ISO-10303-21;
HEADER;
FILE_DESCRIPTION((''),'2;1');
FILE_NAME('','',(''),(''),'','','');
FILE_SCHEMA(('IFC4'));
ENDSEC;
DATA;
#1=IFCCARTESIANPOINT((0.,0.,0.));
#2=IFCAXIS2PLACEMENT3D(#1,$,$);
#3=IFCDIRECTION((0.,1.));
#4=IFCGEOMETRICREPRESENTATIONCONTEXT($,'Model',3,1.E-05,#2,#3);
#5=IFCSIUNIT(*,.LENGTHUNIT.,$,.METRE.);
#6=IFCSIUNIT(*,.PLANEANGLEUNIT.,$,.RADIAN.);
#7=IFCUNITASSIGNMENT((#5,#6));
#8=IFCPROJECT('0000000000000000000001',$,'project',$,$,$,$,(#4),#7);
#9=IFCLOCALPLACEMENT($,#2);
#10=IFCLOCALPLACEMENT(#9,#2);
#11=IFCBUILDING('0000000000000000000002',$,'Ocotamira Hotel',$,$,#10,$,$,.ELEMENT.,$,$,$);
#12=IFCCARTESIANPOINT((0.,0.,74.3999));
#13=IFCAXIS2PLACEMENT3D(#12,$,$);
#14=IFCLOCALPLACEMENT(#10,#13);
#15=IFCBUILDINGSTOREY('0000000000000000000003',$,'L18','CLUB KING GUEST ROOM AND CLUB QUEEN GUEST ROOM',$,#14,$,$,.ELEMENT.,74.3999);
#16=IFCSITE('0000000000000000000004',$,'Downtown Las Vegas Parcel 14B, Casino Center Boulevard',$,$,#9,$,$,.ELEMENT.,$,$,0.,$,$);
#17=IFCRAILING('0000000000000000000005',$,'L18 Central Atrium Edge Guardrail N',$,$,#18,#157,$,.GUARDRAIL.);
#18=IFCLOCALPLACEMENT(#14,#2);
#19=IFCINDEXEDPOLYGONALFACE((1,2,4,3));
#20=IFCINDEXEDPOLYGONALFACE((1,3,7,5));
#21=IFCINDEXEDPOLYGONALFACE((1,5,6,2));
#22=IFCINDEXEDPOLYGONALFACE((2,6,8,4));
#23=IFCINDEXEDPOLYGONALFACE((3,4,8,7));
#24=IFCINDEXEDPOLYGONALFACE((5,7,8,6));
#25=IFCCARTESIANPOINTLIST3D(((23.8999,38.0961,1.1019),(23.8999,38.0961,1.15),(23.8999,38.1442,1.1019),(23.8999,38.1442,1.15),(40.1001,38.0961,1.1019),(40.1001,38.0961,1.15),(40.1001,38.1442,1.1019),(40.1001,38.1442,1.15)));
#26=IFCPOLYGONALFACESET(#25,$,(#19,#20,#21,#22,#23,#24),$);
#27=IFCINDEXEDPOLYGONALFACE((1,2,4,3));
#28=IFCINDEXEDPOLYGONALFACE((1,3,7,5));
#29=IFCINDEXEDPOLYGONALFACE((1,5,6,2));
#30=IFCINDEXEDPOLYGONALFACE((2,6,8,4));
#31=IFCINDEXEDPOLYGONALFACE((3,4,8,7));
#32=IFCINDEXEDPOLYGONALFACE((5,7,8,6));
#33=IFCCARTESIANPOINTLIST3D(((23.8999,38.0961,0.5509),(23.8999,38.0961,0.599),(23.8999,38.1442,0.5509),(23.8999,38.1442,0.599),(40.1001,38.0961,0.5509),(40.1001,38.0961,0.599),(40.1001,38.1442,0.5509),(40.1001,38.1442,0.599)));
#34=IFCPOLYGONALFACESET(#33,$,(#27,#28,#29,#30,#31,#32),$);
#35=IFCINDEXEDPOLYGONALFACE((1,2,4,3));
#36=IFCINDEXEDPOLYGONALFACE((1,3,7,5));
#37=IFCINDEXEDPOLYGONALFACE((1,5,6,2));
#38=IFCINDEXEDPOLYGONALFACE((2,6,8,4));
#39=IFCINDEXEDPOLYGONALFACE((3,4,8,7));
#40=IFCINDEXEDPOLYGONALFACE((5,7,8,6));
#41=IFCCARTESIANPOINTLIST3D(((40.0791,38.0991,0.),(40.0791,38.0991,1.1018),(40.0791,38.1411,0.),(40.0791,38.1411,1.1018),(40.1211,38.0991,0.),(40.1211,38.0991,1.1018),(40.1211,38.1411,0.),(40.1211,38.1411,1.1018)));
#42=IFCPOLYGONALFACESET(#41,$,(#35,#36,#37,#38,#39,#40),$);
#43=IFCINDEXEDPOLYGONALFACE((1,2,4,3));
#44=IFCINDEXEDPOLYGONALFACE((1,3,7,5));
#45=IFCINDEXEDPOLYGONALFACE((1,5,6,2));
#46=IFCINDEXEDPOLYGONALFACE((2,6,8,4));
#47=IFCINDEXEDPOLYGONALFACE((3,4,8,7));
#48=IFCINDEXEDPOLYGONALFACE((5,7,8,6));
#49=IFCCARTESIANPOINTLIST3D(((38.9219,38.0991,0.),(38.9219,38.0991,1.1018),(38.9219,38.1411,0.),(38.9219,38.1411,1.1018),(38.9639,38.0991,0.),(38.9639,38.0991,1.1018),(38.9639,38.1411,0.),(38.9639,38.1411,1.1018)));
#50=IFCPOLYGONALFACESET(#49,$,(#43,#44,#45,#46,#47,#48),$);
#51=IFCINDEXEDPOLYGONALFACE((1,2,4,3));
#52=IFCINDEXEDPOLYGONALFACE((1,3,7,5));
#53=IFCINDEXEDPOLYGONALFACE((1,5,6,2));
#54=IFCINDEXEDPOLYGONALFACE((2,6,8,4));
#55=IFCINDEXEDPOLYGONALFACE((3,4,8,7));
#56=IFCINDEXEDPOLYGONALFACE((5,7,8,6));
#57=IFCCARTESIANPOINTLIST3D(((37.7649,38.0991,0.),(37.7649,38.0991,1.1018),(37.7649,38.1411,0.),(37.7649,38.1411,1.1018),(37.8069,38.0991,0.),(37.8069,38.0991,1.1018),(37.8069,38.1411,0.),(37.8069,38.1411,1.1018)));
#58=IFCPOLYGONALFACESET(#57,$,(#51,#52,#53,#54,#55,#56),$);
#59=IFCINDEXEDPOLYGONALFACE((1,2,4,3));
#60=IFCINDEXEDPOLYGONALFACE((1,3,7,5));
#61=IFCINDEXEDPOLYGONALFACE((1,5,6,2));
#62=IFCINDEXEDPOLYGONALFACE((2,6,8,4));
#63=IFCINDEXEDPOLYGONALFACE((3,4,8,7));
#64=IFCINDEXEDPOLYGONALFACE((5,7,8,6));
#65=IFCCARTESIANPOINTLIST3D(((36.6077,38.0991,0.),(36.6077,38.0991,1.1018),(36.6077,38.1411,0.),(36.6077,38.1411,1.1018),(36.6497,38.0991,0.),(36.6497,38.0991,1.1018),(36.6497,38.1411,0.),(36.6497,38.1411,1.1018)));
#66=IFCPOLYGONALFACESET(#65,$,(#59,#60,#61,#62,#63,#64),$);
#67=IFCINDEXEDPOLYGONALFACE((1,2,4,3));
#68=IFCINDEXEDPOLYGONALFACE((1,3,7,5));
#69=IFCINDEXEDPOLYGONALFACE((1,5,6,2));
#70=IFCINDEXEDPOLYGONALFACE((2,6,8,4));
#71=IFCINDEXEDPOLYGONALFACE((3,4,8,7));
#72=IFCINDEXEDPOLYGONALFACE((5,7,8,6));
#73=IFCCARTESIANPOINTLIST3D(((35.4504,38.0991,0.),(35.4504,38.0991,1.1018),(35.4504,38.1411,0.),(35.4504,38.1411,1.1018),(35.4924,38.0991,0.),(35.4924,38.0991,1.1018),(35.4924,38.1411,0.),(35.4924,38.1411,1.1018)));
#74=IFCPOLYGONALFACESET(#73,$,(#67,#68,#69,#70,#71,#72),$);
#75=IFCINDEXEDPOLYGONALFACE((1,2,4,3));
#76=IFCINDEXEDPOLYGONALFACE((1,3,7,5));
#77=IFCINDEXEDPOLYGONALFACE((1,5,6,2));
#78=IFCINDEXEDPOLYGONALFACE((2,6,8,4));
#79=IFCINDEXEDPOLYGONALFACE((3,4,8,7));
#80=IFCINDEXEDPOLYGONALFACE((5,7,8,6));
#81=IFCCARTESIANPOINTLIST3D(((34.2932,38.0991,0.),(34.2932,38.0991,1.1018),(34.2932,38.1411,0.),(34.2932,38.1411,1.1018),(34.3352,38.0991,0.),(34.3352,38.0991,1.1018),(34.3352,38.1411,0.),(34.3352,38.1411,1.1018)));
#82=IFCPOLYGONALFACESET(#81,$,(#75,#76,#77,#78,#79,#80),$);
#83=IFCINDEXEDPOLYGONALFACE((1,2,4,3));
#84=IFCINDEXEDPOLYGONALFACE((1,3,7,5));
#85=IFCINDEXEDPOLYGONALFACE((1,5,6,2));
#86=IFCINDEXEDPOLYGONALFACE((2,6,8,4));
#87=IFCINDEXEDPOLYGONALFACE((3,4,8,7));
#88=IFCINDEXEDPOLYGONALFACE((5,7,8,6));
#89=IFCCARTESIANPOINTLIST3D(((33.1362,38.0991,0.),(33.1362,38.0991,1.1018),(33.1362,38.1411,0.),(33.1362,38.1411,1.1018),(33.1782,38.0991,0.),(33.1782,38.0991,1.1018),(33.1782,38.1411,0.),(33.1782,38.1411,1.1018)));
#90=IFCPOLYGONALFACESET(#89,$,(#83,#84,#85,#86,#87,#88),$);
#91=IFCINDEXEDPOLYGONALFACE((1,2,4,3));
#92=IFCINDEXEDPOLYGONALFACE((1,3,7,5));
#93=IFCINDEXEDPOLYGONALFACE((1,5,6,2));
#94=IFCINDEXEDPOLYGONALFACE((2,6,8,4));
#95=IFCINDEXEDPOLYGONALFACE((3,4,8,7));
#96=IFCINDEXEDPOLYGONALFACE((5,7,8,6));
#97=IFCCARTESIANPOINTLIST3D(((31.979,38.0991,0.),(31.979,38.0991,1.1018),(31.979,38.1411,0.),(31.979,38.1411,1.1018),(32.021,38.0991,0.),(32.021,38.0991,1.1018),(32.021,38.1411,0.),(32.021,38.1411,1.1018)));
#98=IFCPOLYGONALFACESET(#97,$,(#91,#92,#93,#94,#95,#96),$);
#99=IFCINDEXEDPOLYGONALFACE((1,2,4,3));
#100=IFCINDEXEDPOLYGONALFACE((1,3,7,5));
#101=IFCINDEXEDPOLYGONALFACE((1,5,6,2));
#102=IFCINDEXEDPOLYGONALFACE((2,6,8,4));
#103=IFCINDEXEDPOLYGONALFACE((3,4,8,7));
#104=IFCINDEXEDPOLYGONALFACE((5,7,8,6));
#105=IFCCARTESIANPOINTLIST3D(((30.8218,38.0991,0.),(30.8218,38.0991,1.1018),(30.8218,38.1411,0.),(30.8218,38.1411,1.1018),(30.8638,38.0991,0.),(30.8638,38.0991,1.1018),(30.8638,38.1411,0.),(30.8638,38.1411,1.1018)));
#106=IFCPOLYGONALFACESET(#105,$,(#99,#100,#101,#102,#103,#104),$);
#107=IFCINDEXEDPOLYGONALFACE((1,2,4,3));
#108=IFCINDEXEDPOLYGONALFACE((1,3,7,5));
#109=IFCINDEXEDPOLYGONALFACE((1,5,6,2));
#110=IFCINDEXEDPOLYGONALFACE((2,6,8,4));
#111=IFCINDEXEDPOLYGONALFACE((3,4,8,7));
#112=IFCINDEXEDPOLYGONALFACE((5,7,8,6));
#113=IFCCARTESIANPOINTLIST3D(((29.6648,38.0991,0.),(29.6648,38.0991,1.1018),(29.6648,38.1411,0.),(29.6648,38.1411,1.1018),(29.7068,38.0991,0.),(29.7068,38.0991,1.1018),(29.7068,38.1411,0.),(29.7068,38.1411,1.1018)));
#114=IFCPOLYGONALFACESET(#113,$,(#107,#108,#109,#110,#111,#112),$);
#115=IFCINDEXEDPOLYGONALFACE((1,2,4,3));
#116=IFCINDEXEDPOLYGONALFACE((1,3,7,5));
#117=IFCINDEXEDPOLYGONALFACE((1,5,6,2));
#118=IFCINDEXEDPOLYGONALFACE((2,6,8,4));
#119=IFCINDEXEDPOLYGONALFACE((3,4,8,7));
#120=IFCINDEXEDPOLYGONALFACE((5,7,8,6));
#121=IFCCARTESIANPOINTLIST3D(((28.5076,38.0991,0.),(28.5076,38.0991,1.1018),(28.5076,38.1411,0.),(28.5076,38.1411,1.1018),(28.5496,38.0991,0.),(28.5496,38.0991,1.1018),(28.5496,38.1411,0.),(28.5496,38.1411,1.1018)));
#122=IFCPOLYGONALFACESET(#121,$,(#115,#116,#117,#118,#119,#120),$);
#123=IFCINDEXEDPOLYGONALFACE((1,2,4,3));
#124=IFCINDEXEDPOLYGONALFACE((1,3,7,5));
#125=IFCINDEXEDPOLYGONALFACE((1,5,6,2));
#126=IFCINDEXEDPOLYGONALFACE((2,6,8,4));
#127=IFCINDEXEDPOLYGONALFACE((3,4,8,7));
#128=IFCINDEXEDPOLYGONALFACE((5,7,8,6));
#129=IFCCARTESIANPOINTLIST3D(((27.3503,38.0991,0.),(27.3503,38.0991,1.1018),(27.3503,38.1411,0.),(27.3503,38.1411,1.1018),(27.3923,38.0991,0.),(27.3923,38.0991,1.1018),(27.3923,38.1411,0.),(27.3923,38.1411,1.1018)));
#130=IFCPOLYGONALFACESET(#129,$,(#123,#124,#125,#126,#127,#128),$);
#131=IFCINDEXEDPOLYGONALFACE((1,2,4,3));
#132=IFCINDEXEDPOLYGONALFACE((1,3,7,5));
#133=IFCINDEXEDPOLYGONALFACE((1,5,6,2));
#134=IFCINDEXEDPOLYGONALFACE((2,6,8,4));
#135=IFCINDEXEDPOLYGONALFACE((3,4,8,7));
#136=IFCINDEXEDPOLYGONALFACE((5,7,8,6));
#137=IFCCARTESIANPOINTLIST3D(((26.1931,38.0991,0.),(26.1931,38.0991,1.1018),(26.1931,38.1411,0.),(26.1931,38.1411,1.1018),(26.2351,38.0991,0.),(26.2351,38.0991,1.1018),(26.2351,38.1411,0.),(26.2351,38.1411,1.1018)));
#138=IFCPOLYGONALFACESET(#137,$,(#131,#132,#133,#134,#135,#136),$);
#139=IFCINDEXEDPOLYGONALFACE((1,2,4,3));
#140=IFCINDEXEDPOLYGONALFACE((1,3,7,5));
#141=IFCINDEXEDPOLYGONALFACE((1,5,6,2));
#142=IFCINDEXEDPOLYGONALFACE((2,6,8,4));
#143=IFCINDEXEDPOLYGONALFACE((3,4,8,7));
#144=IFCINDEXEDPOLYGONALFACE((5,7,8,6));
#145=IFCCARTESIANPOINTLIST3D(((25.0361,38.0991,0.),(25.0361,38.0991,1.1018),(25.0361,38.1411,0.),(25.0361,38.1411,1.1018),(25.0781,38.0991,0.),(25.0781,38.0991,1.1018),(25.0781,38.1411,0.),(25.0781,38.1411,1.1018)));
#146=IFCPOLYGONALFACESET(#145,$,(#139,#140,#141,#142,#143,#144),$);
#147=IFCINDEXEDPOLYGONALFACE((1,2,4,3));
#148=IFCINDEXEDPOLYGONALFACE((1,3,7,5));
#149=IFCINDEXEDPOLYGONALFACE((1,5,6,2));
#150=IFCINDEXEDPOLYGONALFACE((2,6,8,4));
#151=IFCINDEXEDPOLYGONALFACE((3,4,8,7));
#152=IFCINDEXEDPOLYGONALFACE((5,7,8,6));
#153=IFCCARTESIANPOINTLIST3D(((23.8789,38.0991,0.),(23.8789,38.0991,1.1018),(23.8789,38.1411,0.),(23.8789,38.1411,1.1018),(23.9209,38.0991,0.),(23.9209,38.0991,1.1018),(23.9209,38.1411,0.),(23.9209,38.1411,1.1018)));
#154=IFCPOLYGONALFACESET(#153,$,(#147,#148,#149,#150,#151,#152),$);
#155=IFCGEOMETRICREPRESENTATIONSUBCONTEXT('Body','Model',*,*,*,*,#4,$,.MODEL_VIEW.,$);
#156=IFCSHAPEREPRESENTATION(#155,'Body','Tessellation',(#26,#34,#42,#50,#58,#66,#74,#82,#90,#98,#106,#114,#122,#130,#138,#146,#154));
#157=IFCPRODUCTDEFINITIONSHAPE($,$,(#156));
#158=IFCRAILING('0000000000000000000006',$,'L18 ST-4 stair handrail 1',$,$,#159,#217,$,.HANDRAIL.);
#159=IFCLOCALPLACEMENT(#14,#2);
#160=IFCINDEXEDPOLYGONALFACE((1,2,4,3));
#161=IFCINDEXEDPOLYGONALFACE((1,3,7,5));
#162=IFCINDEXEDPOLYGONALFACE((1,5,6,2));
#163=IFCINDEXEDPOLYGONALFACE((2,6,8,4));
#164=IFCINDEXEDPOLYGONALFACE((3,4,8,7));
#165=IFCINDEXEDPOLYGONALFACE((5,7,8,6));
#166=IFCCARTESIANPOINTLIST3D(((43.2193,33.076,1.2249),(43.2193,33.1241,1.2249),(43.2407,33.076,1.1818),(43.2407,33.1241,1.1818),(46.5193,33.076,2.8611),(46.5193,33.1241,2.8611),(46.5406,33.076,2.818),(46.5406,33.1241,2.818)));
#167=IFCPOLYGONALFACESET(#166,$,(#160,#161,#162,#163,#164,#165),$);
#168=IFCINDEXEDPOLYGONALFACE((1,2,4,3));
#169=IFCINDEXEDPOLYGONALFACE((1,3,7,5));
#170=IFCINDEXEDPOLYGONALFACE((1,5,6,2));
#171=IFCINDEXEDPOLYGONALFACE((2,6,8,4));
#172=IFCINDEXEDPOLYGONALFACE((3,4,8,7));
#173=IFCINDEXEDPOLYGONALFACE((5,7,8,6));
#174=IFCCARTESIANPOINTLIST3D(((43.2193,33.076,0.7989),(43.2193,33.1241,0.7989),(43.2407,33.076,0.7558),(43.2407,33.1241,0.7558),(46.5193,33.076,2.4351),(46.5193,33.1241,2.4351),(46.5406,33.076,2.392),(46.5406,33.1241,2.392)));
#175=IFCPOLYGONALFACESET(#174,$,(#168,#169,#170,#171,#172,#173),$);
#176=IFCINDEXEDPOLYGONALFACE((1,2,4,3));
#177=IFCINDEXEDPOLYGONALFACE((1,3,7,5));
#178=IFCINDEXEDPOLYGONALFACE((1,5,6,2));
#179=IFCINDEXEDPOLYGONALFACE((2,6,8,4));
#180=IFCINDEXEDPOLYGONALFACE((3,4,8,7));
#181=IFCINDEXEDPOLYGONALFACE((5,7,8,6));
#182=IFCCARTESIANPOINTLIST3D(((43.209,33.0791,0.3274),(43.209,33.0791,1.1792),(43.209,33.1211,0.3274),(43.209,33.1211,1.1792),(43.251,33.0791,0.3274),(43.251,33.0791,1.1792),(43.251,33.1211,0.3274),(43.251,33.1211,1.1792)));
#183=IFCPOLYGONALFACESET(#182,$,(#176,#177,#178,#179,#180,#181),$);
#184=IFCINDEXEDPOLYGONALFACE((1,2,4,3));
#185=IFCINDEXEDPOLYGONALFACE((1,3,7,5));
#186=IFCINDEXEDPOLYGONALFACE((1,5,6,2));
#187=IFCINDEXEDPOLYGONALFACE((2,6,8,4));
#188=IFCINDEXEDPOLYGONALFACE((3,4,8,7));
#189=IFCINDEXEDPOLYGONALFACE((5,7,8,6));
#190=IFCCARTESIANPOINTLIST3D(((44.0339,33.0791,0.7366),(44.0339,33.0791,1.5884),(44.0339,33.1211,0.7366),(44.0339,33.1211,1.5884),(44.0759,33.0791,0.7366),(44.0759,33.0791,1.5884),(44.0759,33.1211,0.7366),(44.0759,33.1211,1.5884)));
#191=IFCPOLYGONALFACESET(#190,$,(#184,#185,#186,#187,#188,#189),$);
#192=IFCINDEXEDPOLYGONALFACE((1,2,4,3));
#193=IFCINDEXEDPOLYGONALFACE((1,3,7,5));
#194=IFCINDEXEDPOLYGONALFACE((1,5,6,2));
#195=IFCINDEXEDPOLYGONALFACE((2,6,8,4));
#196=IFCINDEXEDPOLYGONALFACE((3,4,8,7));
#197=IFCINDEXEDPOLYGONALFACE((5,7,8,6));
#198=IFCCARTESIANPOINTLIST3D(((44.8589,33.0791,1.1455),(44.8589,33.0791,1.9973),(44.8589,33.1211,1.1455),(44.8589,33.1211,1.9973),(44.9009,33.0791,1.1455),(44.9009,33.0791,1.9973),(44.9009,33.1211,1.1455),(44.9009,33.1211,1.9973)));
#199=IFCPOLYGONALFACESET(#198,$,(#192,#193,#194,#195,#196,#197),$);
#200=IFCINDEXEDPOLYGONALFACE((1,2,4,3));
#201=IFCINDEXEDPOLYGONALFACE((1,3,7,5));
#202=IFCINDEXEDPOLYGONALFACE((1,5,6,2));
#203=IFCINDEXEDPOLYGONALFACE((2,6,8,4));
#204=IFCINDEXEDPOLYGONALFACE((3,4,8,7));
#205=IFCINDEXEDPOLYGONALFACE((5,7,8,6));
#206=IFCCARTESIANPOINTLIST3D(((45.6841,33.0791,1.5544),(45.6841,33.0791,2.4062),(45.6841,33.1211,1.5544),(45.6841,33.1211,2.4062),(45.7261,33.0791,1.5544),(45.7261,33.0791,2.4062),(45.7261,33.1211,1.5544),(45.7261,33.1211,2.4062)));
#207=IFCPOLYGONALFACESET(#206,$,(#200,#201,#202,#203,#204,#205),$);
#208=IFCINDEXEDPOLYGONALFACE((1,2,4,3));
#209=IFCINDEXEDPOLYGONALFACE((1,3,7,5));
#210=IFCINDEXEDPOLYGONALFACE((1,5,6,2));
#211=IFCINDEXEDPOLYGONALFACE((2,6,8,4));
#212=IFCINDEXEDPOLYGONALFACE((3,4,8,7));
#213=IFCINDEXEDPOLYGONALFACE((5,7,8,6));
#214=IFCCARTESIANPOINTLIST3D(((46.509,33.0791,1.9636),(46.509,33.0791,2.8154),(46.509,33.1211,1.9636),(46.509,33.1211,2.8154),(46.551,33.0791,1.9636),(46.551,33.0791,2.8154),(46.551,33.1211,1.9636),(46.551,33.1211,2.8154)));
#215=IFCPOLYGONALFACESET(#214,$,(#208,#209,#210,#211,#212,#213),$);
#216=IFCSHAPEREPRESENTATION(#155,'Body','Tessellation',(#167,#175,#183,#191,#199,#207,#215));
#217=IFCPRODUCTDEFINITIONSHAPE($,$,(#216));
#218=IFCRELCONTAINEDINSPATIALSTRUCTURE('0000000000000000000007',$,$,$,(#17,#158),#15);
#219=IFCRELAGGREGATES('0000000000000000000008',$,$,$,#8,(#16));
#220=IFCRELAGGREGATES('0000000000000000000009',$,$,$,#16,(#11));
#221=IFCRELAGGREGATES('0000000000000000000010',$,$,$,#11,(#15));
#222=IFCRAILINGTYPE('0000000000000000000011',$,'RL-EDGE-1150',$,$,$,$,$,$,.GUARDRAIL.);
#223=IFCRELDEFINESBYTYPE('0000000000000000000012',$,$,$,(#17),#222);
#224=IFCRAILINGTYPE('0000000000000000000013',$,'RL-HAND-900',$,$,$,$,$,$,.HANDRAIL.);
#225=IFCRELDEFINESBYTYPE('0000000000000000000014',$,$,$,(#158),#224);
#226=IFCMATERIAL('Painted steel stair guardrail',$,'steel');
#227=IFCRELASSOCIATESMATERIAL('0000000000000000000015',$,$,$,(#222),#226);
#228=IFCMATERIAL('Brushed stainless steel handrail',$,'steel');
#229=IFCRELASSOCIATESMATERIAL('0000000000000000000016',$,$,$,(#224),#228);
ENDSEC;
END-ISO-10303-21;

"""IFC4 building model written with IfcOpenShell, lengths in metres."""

from ifc_helpers import new_model, si_unit, direction, frame, origin, origin_2d, place, context, subcontext, project, spatial, rectangle, extrude, material, type_object, element, save


model = new_model("IFC4")

# Units and contexts
model_context = context("Model", 3, precision=1e-05, world=origin(), true_north=direction((0.0, 1.0)))
body_context = subcontext(model_context, "Body", "Model", "MODEL_VIEW")
ifc_project = project(units=[si_unit("LENGTHUNIT", "METRE"), si_unit("PLANEANGLEUNIT", "RADIAN")], contexts=[model_context])

# Site, building, storey
site_placement = place(None, origin())
site = spatial("IfcSite", under=ifc_project, at=site_placement, Name="Downtown Las Vegas Parcel 14B, Casino Center Boulevard", CompositionType="ELEMENT", RefElevation=0.0)
building_placement = place(site_placement, origin())
building = spatial("IfcBuilding", under=site, at=building_placement, Name="Ocotamira Hotel", CompositionType="ELEMENT")
storey_placement = place(building_placement, frame((0.0, 0.0, 74.3999)))
storey = spatial("IfcBuildingStorey", under=building, at=storey_placement, Name="L18", Description="CLUB KING GUEST ROOM AND CLUB QUEEN GUEST ROOM", CompositionType="ELEMENT", Elevation=74.3999)

# Railings
ifc_material_1 = material(Name="Painted steel stair guardrail", Category="steel")
railing_type_1 = type_object("IfcRailingType", Name="RL-EDGE-1150", PredefinedType="GUARDRAIL", material=ifc_material_1)
railing_1_placement = place(storey_placement, frame((40.1001, 38.1201, 0.0)))
element("IfcRailing", 1, at=railing_1_placement, inside=storey, type_object=railing_type_1, Name="L18 Central Atrium Edge Guardrail N", PredefinedType="GUARDRAIL", context=body_context, shape_type="SweptSolid", body=[
    extrude(rectangle(XDim=0.0481, YDim=0.0481, at=origin_2d()), frame((0.0, 0.0, 1.126), z_axis=(-1.0, 0.0, 0.0), x_axis=(0.0, -1.0, 0.0)), (0.0, 0.0, 1.0), 16.2002),
    extrude(rectangle(XDim=0.0481, YDim=0.0481, at=origin_2d()), frame((0.0, 0.0, 0.575), z_axis=(-1.0, 0.0, 0.0), x_axis=(0.0, -1.0, 0.0)), (0.0, 0.0, 1.0), 16.2002),
    extrude(rectangle(XDim=0.042, YDim=0.042, at=origin_2d()), origin(), (0.0, 0.0, 1.0), 1.1018),
    extrude(rectangle(XDim=0.042, YDim=0.042, at=origin_2d()), frame((-1.1572, 0.0, 0.0)), (0.0, 0.0, 1.0), 1.1018),
    extrude(rectangle(XDim=0.042, YDim=0.042, at=origin_2d()), frame((-2.3142, 0.0, 0.0)), (0.0, 0.0, 1.0), 1.1018),
    extrude(rectangle(XDim=0.042, YDim=0.042, at=origin_2d()), frame((-3.4714, 0.0, 0.0)), (0.0, 0.0, 1.0), 1.1018),
    extrude(rectangle(XDim=0.042, YDim=0.042, at=origin_2d()), frame((-4.6287, 0.0, 0.0)), (0.0, 0.0, 1.0), 1.1018),
    extrude(rectangle(XDim=0.042, YDim=0.042, at=origin_2d()), frame((-5.7859, 0.0, 0.0)), (0.0, 0.0, 1.0), 1.1018),
    extrude(rectangle(XDim=0.042, YDim=0.042, at=origin_2d()), frame((-6.9429, 0.0, 0.0)), (0.0, 0.0, 1.0), 1.1018),
    extrude(rectangle(XDim=0.042, YDim=0.042, at=origin_2d()), frame((-8.1001, 0.0, 0.0)), (0.0, 0.0, 1.0), 1.1018),
    extrude(rectangle(XDim=0.042, YDim=0.042, at=origin_2d()), frame((-9.2573, 0.0, 0.0)), (0.0, 0.0, 1.0), 1.1018),
    extrude(rectangle(XDim=0.042, YDim=0.042, at=origin_2d()), frame((-10.4143, 0.0, 0.0)), (0.0, 0.0, 1.0), 1.1018),
    extrude(rectangle(XDim=0.042, YDim=0.042, at=origin_2d()), frame((-11.5715, 0.0, 0.0)), (0.0, 0.0, 1.0), 1.1018),
    extrude(rectangle(XDim=0.042, YDim=0.042, at=origin_2d()), frame((-12.7288, 0.0, 0.0)), (0.0, 0.0, 1.0), 1.1018),
    extrude(rectangle(XDim=0.042, YDim=0.042, at=origin_2d()), frame((-13.886, 0.0, 0.0)), (0.0, 0.0, 1.0), 1.1018),
    extrude(rectangle(XDim=0.042, YDim=0.042, at=origin_2d()), frame((-15.043, 0.0, 0.0)), (0.0, 0.0, 1.0), 1.1018),
    extrude(rectangle(XDim=0.042, YDim=0.042, at=origin_2d()), frame((-16.2002, 0.0, 0.0)), (0.0, 0.0, 1.0), 1.1018),
])
ifc_material_2 = material(Name="Brushed stainless steel handrail", Category="steel")
railing_type_2 = type_object("IfcRailingType", Name="RL-HAND-900", PredefinedType="HANDRAIL", material=ifc_material_2)
railing_2_placement = place(storey_placement, frame((43.23, 33.1001, 0.3274)))
element("IfcRailing", 2, at=railing_2_placement, inside=storey, type_object=railing_type_2, Name="L18 ST-4 stair handrail 1", PredefinedType="HANDRAIL", context=body_context, shape_type="SweptSolid", body=[
    extrude(rectangle(XDim=0.0481, YDim=0.0481, at=origin_2d()), frame((0.0, 0.0, 0.876), z_axis=(0.89592, 0.0, 0.444215), x_axis=(0.0, 1.0, 0.0)), (0.0, 0.0, 1.0), 3.6833),
    extrude(rectangle(XDim=0.0481, YDim=0.0481, at=origin_2d()), frame((0.0, 0.0, 0.45), z_axis=(0.89592, 0.0, 0.444215), x_axis=(0.0, 1.0, 0.0)), (0.0, 0.0, 1.0), 3.6833),
    extrude(rectangle(XDim=0.042, YDim=0.042, at=origin_2d()), origin(), (0.0, 0.0, 1.0), 0.8518),
    extrude(rectangle(XDim=0.042, YDim=0.042, at=origin_2d()), frame((0.825, 0.0, 0.4092)), (0.0, 0.0, 1.0), 0.8518),
    extrude(rectangle(XDim=0.042, YDim=0.042, at=origin_2d()), frame((1.6499, 0.0, 0.8181)), (0.0, 0.0, 1.0), 0.8518),
    extrude(rectangle(XDim=0.042, YDim=0.042, at=origin_2d()), frame((2.4751, 0.0, 1.2271)), (0.0, 0.0, 1.0), 0.8518),
    extrude(rectangle(XDim=0.042, YDim=0.042, at=origin_2d()), frame((3.3, 0.0, 1.6362)), (0.0, 0.0, 1.0), 0.8518),
])

save(model, "model.ifc")
